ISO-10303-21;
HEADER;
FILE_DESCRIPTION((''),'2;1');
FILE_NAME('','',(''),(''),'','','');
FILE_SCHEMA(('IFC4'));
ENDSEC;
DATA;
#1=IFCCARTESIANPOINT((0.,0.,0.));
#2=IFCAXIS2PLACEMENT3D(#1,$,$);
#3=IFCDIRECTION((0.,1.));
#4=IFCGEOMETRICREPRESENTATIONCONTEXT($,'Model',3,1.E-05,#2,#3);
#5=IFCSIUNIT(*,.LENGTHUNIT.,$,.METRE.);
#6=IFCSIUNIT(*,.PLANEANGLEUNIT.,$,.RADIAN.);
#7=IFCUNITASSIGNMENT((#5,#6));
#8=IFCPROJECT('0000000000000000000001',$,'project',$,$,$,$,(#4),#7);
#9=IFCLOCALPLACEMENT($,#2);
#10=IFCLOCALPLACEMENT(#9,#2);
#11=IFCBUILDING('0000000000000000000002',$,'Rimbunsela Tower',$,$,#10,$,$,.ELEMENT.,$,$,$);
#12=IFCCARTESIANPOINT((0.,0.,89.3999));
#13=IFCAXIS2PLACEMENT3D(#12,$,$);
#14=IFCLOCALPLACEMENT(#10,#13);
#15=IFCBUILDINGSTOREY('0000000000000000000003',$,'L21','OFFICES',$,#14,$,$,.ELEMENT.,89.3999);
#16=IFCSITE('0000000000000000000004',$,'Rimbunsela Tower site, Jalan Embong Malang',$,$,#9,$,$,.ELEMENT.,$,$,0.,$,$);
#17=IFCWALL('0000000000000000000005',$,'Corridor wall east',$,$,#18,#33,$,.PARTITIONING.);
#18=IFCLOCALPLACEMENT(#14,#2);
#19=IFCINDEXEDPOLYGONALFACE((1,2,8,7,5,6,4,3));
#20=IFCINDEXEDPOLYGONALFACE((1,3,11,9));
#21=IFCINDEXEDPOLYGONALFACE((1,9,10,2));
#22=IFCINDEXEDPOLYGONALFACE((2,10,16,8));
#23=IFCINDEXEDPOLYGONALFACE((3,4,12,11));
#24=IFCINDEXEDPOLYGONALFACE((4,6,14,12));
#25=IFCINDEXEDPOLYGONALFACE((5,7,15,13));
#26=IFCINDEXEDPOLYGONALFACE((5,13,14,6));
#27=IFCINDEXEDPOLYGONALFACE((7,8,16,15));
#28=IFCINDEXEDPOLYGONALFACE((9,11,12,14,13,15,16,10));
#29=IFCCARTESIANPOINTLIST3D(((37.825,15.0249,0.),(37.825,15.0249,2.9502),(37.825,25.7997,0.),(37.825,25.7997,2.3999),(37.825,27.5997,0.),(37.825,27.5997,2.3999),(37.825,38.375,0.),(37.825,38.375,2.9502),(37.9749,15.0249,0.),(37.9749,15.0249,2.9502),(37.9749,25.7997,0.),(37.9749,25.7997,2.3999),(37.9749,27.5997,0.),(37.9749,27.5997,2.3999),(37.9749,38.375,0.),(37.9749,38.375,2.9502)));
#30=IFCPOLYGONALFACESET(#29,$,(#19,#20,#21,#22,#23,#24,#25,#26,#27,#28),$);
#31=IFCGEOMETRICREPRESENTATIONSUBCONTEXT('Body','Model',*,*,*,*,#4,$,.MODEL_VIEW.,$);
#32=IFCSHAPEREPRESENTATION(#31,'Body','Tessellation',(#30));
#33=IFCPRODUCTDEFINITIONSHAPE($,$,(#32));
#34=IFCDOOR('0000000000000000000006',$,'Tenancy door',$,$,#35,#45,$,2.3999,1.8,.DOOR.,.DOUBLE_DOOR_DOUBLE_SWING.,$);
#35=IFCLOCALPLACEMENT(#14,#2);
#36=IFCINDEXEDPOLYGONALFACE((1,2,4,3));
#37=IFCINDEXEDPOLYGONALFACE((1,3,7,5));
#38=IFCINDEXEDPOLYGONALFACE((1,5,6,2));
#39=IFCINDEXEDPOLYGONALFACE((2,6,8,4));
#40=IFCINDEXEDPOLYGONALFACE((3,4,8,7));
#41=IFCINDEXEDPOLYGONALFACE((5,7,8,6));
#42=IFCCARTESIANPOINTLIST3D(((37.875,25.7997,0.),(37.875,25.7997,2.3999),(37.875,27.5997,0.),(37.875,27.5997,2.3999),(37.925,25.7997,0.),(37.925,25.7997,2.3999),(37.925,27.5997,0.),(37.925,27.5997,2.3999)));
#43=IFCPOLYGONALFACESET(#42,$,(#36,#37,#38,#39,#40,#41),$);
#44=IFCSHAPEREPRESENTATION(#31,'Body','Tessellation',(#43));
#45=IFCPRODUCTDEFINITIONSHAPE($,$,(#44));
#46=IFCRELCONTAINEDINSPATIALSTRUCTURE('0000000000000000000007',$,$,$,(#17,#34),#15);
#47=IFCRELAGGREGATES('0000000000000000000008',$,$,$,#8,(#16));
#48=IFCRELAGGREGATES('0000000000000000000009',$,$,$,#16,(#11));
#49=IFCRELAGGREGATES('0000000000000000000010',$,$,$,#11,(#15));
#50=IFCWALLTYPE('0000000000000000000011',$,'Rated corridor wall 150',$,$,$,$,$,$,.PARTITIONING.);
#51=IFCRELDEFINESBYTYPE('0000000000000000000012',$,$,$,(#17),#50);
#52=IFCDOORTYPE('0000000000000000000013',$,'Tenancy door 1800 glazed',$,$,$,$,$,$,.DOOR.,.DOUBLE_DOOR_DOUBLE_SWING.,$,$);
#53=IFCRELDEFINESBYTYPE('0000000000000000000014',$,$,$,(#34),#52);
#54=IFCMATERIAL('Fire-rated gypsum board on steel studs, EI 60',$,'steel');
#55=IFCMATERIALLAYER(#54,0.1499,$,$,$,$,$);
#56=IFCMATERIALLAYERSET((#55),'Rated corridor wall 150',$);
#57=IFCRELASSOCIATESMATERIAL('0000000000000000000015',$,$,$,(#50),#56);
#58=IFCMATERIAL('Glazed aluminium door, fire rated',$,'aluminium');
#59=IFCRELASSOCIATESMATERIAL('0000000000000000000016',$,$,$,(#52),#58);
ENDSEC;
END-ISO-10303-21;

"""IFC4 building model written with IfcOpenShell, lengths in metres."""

from ifc_helpers import new_model, si_unit, direction, frame, frame_2d, origin, place, context, subcontext, project, spatial, rectangle, extrude, material, layer, layer_set, type_object, element, fill, save


model = new_model("IFC4")

# Units and contexts
model_context = context("Model", 3, precision=1e-05, world=origin(), true_north=direction((0.0, 1.0)))
body_context = subcontext(model_context, "Body", "Model", "MODEL_VIEW")
ifc_project = project(units=[si_unit("LENGTHUNIT", "METRE"), si_unit("PLANEANGLEUNIT", "RADIAN")], contexts=[model_context])

# Site, building, storey
site_placement = place(None, origin())
site = spatial("IfcSite", under=ifc_project, at=site_placement, Name="Rimbunsela Tower site, Jalan Embong Malang", CompositionType="ELEMENT", RefElevation=0.0)
building_placement = place(site_placement, origin())
building = spatial("IfcBuilding", under=site, at=building_placement, Name="Rimbunsela Tower", CompositionType="ELEMENT")
storey_placement = place(building_placement, frame((0.0, 0.0, 89.3999)))
storey = spatial("IfcBuildingStorey", under=building, at=storey_placement, Name="L21", Description="OFFICES", CompositionType="ELEMENT", Elevation=89.3999)

# Wall, opening, door
ifc_material_1 = material(Name="Fire-rated gypsum board on steel studs, EI 60", Category="steel")
ifc_layer_1 = layer(ifc_material_1, 0.1499)
ifc_layer_set_1 = layer_set([ifc_layer_1], Name="Rated corridor wall 150")
wall_type_1 = type_object("IfcWallType", Name="Rated corridor wall 150", PredefinedType="PARTITIONING", material=ifc_layer_set_1)
wall_1_placement = place(storey_placement, frame((37.8999, 15.0249, 0.0), z_axis=(0.0, 0.0, 1.0), x_axis=(0.0, 1.0, 0.0)))
wall_1 = element("IfcWall", 1, at=wall_1_placement, inside=storey, type_object=wall_type_1, Name="Corridor wall east", PredefinedType="PARTITIONING", context=body_context, shape_type="SweptSolid", body=[
    extrude(rectangle(XDim=23.3501, YDim=0.1499, at=frame_2d((11.675, 0.0))), origin(), (0.0, 0.0, 1.0), 2.9502),
])
opening_1_placement = place(wall_1_placement, frame((10.7749, 0.0, 0.0)))
opening_1 = element("IfcOpeningElement", 2, at=opening_1_placement, cuts=wall_1, PredefinedType="OPENING", context=body_context, shape_type="SweptSolid", body=[
    extrude(rectangle(XDim=1.8, YDim=2.3999, at=frame_2d((0.8999, 1.2))), frame((0.0, 0.085, 0.0), z_axis=(0.0, -1.0, 0.0), x_axis=(1.0, 0.0, 0.0)), (0.0, 0.0, 1.0), 0.1699),
])
ifc_material_2 = material(Name="Glazed aluminium door, fire rated", Category="aluminium")
door_type_1 = type_object("IfcDoorType", Name="Tenancy door 1800 glazed", OperationType="DOUBLE_DOOR_DOUBLE_SWING", PredefinedType="DOOR", material=ifc_material_2)
door_1_placement = place(opening_1_placement, origin())
door_1 = element("IfcDoor", 3, at=door_1_placement, inside=storey, type_object=door_type_1, Name="Tenancy door", OperationType="DOUBLE_DOOR_DOUBLE_SWING", OverallHeight=2.3999, OverallWidth=1.8, PredefinedType="DOOR", context=body_context, shape_type="SweptSolid", body=[
    extrude(rectangle(XDim=1.8, YDim=2.3999, at=frame_2d((0.8999, 1.2))), frame((0.0, 0.0249, 0.0), z_axis=(0.0, -1.0, 0.0), x_axis=(1.0, 0.0, 0.0)), (0.0, 0.0, 1.0), 0.05),
])
fill(opening_1, door_1)

save(model, "model.ifc")
